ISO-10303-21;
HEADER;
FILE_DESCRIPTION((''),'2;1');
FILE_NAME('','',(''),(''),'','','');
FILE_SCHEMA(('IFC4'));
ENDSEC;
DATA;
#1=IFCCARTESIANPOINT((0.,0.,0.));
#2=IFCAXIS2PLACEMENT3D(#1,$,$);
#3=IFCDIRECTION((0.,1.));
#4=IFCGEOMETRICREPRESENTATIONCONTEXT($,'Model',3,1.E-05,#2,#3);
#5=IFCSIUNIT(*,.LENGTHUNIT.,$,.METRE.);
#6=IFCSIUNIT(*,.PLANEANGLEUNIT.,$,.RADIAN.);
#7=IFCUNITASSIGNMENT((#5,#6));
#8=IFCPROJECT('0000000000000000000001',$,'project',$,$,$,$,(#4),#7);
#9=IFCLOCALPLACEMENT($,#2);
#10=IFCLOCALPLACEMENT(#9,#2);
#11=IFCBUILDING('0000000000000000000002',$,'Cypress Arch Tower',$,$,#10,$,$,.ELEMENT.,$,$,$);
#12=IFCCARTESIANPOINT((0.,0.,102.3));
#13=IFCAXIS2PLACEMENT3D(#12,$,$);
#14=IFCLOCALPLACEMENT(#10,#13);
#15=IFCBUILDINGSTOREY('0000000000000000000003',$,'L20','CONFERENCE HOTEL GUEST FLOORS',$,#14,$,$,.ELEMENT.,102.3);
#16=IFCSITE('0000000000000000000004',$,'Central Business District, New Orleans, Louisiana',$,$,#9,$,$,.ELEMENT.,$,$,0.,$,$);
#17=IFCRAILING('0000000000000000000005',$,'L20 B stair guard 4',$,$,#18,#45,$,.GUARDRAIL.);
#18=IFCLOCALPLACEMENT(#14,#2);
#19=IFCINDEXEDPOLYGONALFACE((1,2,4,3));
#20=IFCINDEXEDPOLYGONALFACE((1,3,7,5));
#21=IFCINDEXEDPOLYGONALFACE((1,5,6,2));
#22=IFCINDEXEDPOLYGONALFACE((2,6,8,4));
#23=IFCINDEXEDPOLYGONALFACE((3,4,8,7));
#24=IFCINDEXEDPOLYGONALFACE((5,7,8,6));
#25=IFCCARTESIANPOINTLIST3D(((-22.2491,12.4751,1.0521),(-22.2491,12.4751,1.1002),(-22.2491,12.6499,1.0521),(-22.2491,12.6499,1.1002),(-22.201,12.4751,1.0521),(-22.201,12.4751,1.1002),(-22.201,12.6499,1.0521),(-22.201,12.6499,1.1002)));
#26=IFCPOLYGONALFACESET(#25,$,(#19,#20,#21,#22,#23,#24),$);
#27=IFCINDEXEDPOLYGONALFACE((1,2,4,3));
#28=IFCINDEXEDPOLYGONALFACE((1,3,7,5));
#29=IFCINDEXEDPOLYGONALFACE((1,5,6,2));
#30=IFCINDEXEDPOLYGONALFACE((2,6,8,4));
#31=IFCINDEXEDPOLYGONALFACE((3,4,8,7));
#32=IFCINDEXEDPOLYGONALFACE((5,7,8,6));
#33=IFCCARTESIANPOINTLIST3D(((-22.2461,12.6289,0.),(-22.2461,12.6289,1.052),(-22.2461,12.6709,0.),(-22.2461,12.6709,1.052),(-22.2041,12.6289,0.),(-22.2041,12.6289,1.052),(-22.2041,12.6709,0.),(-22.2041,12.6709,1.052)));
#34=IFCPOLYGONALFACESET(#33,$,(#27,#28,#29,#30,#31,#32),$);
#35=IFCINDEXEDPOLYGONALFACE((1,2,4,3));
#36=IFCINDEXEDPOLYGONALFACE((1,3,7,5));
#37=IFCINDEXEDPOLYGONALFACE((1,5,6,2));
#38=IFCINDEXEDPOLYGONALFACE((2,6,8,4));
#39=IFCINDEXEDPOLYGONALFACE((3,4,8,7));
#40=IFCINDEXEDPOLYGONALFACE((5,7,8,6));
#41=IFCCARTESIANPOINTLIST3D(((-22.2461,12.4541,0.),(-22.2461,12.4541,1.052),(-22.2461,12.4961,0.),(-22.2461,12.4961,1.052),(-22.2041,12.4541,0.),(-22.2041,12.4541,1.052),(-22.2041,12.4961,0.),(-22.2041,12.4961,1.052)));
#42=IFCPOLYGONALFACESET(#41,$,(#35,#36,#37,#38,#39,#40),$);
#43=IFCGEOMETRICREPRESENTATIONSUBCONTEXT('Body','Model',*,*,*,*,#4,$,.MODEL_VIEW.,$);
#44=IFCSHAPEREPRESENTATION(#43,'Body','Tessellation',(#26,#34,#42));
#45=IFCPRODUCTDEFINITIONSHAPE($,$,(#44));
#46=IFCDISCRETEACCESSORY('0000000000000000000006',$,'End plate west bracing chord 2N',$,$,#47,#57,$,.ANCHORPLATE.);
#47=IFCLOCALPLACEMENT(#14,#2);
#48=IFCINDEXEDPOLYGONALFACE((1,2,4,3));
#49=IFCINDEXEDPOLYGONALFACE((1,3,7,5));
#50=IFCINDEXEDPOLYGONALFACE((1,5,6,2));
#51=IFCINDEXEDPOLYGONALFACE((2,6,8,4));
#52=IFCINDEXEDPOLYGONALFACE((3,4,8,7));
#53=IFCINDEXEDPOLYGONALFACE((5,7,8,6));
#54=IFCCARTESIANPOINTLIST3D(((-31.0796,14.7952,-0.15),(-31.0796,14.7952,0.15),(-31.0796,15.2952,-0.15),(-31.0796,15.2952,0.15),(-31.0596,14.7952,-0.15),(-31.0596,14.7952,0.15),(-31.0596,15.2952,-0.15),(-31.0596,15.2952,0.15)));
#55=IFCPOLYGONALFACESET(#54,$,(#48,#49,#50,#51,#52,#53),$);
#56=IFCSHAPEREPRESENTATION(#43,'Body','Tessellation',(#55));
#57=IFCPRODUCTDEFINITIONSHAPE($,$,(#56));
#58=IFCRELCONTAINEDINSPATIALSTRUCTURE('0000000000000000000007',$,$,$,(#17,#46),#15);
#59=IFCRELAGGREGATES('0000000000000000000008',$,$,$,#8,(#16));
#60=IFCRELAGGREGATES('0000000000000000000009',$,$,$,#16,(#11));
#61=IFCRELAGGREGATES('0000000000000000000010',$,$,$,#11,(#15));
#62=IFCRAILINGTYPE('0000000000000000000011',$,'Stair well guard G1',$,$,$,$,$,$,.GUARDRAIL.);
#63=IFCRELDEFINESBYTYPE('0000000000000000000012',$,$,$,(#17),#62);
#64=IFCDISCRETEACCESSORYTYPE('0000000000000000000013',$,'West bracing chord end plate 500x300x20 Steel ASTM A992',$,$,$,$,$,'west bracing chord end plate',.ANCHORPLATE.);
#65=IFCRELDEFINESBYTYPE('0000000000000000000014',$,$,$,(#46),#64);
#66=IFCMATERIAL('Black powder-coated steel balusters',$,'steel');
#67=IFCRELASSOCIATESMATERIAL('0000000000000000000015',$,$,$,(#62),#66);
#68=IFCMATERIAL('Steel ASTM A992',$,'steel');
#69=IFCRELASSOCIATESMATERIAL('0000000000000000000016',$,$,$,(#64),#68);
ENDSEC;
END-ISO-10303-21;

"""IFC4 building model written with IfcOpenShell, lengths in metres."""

from ifc_helpers import new_model, si_unit, direction, frame, origin, origin_2d, place, context, subcontext, project, spatial, rectangle, extrude, material, material_profile, profile_set, type_object, element, save


model = new_model("IFC4")

# Units and contexts
model_context = context("Model", 3, precision=1e-05, world=origin(), true_north=direction((0.0, 1.0)))
body_context = subcontext(model_context, "Body", "Model", "MODEL_VIEW")
ifc_project = project(units=[si_unit("LENGTHUNIT", "METRE"), si_unit("PLANEANGLEUNIT", "RADIAN")], contexts=[model_context])

# Site, building, storey
site_placement = place(None, origin())
site = spatial("IfcSite", under=ifc_project, at=site_placement, Name="Central Business District, New Orleans, Louisiana", CompositionType="ELEMENT", RefElevation=0.0)
building_placement = place(site_placement, origin())
building = spatial("IfcBuilding", under=site, at=building_placement, Name="Cypress Arch Tower", CompositionType="ELEMENT")
storey_placement = place(building_placement, frame((0.0, 0.0, 102.3)))
storey = spatial("IfcBuildingStorey", under=building, at=storey_placement, Name="L20", Description="CONFERENCE HOTEL GUEST FLOORS", CompositionType="ELEMENT", Elevation=102.3)

# Railing
ifc_material_1 = material(Name="Black powder-coated steel balusters", Category="steel")
railing_type_1 = type_object("IfcRailingType", Name="Stair well guard G1", PredefinedType="GUARDRAIL", material=ifc_material_1)
railing_1_placement = place(storey_placement, frame((-22.2251, 12.6499, 0.0)))
element("IfcRailing", 1, at=railing_1_placement, inside=storey, type_object=railing_type_1, Name="L20 B stair guard 4", PredefinedType="GUARDRAIL", context=body_context, shape_type="SweptSolid", body=[
    extrude(rectangle(XDim=0.0481, YDim=0.0481, at=origin_2d()), frame((0.0, 0.0, 1.0762), z_axis=(0.0, -1.0, 0.0), x_axis=(1.0, 0.0, 0.0)), (0.0, 0.0, 1.0), 0.1748),
    extrude(rectangle(XDim=0.042, YDim=0.042, at=origin_2d()), origin(), (0.0, 0.0, 1.0), 1.052),
    extrude(rectangle(XDim=0.042, YDim=0.042, at=origin_2d()), frame((0.0, -0.1748, 0.0)), (0.0, 0.0, 1.0), 1.052),
])

# Discrete accessory
ifc_material_2 = material(Name="Steel ASTM A992", Category="steel")
ifc_material_profile_1 = material_profile(ifc_material_2, rectangle(XDim=0.5, YDim=0.3, at=origin_2d()), Name="PL 20 500x300")
ifc_profile_set_1 = profile_set([ifc_material_profile_1], Name="Steel ASTM A992")
discrete_accessory_type = type_object("IfcDiscreteAccessoryType", Name="West bracing chord end plate 500x300x20 Steel ASTM A992", ElementType="west bracing chord end plate", PredefinedType="ANCHORPLATE", material=ifc_profile_set_1)
discrete_accessory_placement = place(storey_placement, frame((-31.0596, 15.0452, 0.0), z_axis=(-1.0, 0.0, 0.0), x_axis=(0.0, -1.0, 0.0)))
element("IfcDiscreteAccessory", 2, at=discrete_accessory_placement, inside=storey, type_object=discrete_accessory_type, Name="End plate west bracing chord 2N", PredefinedType="ANCHORPLATE", context=body_context, shape_type="SweptSolid", body=[
    extrude(rectangle(XDim=0.5, YDim=0.3, at=origin_2d()), origin(), (0.0, 0.0, 1.0), 0.02),
])

save(model, "model.ifc")
